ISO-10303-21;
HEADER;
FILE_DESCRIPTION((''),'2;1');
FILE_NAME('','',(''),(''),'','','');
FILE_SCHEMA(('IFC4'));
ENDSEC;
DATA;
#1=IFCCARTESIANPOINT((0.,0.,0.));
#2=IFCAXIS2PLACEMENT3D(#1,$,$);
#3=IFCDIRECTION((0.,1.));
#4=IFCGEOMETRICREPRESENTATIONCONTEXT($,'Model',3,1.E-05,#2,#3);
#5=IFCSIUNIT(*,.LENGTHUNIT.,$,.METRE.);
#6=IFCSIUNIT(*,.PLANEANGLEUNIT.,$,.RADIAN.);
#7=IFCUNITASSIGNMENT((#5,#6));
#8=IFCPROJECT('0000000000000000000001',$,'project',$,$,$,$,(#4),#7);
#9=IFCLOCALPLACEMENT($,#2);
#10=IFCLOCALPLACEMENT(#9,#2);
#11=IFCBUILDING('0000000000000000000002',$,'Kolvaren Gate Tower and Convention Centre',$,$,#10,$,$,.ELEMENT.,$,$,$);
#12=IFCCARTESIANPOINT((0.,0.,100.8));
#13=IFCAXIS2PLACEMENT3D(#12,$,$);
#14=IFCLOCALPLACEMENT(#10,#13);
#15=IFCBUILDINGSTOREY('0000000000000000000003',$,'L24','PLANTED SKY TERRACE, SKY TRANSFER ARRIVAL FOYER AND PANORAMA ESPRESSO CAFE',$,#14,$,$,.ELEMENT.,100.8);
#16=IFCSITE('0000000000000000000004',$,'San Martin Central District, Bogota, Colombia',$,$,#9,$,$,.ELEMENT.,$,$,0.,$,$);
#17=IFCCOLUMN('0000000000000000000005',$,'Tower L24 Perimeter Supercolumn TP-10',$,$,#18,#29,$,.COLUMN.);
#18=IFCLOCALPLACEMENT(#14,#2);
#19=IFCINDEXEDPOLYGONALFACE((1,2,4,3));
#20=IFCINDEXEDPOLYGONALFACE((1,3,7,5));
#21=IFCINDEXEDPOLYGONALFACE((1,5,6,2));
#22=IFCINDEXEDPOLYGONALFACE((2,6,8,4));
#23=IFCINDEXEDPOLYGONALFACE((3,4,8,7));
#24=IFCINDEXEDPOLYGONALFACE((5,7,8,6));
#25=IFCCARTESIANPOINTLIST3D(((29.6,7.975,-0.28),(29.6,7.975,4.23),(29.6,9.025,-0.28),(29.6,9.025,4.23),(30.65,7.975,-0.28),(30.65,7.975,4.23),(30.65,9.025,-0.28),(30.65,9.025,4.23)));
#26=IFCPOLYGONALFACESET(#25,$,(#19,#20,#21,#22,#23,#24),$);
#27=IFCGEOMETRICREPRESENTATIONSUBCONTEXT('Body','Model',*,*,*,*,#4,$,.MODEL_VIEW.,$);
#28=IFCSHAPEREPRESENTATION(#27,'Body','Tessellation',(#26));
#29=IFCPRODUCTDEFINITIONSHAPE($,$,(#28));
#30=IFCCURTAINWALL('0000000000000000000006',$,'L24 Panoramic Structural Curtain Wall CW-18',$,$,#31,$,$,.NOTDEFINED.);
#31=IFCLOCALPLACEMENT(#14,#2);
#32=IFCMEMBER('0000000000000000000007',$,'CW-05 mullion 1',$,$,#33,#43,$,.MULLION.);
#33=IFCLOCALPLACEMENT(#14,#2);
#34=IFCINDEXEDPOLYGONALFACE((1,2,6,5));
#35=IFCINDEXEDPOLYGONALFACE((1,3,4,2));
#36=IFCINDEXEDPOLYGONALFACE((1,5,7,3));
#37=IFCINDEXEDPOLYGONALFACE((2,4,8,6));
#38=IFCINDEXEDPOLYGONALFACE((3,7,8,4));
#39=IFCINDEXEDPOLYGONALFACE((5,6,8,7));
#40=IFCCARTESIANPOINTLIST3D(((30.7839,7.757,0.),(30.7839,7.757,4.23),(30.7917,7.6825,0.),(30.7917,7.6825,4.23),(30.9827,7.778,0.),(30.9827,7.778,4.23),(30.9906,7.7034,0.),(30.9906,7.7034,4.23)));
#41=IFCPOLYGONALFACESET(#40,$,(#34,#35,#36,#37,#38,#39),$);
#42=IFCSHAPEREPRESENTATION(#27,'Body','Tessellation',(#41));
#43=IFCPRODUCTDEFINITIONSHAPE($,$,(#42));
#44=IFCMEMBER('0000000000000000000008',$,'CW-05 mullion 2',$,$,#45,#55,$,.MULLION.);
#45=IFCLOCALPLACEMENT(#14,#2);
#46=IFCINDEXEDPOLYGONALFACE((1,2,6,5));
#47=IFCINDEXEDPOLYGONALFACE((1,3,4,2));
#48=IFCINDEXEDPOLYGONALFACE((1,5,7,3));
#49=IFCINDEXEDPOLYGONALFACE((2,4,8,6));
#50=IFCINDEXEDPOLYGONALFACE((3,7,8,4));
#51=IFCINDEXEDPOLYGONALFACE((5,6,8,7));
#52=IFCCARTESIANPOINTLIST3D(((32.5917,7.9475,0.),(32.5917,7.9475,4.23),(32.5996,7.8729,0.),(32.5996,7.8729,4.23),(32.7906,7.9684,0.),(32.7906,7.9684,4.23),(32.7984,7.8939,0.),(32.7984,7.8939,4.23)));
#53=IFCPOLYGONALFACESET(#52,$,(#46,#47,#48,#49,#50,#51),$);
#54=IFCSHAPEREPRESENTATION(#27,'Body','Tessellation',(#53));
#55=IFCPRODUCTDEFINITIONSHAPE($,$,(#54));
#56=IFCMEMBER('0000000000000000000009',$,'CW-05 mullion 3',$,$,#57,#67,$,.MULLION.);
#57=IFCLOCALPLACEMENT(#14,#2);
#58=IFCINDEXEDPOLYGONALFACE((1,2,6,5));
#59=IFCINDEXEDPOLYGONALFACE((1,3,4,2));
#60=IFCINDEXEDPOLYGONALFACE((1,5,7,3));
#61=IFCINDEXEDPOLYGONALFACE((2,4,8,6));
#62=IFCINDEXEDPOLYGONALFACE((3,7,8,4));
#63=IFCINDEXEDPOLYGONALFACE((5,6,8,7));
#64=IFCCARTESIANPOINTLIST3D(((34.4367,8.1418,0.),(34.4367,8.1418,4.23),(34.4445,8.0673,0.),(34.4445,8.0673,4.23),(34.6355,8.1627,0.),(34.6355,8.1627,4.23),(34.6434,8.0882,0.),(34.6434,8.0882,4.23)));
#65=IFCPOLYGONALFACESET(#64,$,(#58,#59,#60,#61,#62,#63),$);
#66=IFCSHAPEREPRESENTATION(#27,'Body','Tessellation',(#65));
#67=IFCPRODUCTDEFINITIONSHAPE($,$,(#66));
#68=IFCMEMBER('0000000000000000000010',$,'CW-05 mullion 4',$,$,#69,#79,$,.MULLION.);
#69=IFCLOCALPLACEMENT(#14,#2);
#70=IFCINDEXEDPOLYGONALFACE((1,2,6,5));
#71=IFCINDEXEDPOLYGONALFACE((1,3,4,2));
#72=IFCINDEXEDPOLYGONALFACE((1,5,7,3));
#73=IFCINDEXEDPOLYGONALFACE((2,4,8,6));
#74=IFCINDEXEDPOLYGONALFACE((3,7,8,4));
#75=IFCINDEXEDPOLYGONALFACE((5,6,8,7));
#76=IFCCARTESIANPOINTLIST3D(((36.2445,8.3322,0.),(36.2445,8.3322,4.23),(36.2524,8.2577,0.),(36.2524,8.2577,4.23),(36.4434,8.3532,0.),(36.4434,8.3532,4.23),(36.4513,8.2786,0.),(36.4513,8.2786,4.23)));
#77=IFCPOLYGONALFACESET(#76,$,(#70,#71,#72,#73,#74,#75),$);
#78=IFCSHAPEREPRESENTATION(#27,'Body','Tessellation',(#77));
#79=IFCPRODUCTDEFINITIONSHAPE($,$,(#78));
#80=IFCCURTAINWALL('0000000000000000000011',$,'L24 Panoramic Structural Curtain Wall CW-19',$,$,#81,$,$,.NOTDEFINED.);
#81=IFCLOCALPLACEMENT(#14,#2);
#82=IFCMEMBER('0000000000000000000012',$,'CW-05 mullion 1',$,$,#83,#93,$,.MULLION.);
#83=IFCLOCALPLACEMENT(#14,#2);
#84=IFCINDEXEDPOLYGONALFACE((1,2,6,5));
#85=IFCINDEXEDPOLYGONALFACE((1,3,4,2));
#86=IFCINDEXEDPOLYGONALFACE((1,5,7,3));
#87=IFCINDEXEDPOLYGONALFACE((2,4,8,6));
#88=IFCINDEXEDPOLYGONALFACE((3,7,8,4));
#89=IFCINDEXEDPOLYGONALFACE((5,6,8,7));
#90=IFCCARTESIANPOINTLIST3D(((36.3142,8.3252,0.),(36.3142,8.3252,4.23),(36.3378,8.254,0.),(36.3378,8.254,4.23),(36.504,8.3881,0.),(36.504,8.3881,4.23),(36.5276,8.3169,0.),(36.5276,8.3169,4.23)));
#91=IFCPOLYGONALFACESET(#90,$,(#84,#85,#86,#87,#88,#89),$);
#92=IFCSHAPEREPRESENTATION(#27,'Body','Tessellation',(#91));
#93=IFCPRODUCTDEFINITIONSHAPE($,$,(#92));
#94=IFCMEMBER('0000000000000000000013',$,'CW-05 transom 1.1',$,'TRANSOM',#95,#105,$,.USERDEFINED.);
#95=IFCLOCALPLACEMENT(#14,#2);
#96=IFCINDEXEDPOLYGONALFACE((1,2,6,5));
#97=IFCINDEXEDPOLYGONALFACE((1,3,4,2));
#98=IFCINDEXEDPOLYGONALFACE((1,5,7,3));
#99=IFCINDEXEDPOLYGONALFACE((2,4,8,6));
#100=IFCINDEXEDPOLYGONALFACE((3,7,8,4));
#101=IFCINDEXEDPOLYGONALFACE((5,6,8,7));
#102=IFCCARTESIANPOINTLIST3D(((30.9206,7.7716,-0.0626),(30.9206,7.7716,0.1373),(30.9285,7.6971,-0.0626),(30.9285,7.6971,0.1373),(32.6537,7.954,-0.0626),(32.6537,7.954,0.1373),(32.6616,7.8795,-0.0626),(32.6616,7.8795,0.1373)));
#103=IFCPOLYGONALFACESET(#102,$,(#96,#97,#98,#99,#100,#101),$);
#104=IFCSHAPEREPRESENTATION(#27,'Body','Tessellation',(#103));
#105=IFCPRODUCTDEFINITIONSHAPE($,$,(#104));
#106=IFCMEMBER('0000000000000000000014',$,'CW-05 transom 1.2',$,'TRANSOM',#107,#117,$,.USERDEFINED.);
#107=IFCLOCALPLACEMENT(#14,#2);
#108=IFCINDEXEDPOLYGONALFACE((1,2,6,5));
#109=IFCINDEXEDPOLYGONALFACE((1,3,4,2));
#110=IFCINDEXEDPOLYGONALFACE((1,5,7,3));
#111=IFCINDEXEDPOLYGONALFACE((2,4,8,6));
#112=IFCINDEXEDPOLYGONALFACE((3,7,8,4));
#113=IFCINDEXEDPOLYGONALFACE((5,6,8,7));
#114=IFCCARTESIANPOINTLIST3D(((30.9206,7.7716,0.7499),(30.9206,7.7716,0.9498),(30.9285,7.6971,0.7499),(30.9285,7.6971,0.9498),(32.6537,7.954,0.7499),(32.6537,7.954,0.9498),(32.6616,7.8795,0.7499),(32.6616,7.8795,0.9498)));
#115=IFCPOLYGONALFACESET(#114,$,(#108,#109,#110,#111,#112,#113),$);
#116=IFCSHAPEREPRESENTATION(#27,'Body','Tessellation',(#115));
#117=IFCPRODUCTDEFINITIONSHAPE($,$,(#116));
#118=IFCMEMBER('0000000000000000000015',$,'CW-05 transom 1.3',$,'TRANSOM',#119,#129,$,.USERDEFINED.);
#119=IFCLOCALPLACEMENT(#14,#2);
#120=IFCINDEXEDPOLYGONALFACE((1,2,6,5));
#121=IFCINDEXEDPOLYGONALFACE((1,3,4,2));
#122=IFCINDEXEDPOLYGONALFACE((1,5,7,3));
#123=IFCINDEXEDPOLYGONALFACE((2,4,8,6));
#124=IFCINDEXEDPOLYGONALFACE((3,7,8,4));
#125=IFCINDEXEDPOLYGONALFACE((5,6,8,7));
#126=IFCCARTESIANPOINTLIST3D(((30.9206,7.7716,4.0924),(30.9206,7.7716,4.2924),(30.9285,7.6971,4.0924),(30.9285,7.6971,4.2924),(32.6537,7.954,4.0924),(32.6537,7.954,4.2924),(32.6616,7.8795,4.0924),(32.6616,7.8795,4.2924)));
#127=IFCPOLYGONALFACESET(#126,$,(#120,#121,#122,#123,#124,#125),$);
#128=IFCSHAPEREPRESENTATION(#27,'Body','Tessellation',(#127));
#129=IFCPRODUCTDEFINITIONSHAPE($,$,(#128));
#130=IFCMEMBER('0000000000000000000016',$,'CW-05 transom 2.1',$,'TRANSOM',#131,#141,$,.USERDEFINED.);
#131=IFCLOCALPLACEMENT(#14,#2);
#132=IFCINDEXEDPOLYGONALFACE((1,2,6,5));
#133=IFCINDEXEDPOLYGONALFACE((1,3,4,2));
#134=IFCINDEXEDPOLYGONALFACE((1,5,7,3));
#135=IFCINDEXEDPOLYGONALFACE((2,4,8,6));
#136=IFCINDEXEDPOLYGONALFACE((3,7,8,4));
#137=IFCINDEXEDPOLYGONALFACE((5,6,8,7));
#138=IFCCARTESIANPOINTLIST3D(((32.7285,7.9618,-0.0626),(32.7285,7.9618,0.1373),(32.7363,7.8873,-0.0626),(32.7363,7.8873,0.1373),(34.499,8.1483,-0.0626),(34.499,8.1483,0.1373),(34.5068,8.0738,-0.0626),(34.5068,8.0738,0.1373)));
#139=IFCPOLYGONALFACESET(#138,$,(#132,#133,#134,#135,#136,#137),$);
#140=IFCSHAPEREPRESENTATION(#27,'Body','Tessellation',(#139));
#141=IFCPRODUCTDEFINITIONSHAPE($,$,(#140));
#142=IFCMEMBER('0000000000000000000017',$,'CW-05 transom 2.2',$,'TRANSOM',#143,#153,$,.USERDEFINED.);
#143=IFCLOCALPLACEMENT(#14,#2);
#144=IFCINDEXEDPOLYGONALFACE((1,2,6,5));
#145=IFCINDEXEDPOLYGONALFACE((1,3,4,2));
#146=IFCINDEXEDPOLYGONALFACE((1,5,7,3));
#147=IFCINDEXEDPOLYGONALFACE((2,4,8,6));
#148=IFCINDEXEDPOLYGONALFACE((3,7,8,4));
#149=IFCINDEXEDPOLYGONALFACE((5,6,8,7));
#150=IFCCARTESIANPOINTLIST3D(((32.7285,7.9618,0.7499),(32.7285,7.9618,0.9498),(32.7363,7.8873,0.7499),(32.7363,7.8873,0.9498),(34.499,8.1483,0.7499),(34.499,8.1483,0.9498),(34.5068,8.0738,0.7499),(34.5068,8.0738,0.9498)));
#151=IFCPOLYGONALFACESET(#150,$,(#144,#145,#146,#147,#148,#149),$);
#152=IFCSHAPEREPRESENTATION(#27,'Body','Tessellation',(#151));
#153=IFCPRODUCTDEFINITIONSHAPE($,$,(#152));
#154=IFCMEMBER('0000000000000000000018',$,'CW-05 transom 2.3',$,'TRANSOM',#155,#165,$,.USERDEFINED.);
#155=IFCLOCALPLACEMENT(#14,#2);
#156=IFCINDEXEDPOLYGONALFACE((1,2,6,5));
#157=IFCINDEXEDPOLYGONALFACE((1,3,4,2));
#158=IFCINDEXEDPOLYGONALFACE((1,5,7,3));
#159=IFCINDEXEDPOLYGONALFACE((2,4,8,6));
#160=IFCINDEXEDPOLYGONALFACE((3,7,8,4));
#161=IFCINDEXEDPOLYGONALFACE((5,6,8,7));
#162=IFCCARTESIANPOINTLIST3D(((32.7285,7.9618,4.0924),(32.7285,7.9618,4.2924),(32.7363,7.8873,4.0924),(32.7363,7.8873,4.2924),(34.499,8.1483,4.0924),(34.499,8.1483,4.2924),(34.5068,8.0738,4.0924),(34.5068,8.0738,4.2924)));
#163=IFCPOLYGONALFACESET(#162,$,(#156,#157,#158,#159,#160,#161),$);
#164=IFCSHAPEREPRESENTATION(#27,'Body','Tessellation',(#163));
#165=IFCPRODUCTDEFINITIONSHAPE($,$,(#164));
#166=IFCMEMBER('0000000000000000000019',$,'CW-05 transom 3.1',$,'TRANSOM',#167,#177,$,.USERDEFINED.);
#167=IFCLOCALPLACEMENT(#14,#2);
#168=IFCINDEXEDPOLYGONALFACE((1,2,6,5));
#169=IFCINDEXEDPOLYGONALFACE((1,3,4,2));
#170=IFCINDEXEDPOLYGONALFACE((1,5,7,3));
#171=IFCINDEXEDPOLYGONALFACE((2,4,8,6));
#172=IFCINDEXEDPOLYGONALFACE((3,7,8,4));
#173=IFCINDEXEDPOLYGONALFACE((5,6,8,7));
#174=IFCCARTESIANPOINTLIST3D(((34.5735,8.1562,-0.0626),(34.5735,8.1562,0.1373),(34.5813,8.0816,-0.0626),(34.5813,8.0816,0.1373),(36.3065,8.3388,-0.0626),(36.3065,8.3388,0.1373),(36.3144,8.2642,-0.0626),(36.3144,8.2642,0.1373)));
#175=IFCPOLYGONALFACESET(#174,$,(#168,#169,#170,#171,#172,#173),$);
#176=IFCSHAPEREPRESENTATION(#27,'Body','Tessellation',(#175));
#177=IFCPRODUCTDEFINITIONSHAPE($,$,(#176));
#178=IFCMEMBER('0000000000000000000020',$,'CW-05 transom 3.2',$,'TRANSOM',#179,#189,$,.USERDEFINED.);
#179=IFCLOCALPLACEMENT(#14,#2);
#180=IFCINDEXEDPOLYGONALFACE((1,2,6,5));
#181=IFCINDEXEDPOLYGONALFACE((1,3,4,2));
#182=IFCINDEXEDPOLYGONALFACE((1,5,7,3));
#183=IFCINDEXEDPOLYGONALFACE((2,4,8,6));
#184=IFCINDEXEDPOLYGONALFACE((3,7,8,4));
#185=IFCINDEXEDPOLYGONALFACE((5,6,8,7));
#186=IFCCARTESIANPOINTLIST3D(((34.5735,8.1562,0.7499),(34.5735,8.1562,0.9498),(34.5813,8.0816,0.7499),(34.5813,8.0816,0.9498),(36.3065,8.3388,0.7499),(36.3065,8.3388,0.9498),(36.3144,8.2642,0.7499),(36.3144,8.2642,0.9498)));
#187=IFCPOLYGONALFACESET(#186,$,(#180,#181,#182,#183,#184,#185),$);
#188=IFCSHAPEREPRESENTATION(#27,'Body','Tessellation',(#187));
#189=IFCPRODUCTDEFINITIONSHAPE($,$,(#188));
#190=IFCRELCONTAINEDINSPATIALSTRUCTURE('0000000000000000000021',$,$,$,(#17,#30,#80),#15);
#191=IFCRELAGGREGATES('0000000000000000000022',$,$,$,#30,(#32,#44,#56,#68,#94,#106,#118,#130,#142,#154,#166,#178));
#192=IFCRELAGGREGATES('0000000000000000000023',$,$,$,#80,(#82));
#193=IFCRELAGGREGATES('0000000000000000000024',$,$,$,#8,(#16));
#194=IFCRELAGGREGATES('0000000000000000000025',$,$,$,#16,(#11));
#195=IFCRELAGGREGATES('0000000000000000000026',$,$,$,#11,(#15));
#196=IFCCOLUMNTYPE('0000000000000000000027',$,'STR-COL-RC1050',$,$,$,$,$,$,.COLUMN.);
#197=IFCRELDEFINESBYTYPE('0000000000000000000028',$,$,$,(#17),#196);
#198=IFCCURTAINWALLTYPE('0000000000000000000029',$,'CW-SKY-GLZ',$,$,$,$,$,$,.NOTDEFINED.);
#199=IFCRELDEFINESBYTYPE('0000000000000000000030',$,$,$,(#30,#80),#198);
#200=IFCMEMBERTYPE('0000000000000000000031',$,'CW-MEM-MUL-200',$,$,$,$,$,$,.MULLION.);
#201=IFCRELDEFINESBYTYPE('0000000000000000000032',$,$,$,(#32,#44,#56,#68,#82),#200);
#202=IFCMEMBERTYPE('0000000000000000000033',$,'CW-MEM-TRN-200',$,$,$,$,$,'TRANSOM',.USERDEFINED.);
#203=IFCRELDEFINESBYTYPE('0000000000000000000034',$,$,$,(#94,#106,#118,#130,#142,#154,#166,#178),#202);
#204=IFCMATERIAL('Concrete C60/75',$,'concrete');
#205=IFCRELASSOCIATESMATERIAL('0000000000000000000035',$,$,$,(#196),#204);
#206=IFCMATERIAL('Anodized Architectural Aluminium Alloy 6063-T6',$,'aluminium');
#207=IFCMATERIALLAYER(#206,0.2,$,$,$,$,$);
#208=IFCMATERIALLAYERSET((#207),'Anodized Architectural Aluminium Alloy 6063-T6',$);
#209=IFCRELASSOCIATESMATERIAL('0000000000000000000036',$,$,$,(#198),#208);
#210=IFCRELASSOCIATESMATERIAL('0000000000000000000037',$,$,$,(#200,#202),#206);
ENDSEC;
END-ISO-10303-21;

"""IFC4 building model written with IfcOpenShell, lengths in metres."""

from ifc_helpers import new_model, si_unit, direction, frame, origin, origin_2d, place, context, subcontext, project, spatial, rectangle, extrude, material, layer, layer_set, material_profile, profile_set, type_object, element, aggregate, save


model = new_model("IFC4")

# Units and contexts
model_context = context("Model", 3, precision=1e-05, world=origin(), true_north=direction((0.0, 1.0)))
body_context = subcontext(model_context, "Body", "Model", "MODEL_VIEW")
ifc_project = project(units=[si_unit("LENGTHUNIT", "METRE"), si_unit("PLANEANGLEUNIT", "RADIAN")], contexts=[model_context])

# Site, building, storey
site_placement = place(None, origin())
site = spatial("IfcSite", under=ifc_project, at=site_placement, Name="San Martin Central District, Bogota, Colombia", CompositionType="ELEMENT", RefElevation=0.0)
building_placement = place(site_placement, origin())
building = spatial("IfcBuilding", under=site, at=building_placement, Name="Kolvaren Gate Tower and Convention Centre", CompositionType="ELEMENT")
storey_placement = place(building_placement, frame((0.0, 0.0, 100.8)))
storey = spatial("IfcBuildingStorey", under=building, at=storey_placement, Name="L24", Description="PLANTED SKY TERRACE, SKY TRANSFER ARRIVAL FOYER AND PANORAMA ESPRESSO CAFE", CompositionType="ELEMENT", Elevation=100.8)

# Column
ifc_material_1 = material(Name="Concrete C60/75", Category="concrete")
ifc_material_profile_1 = material_profile(ifc_material_1, rectangle(XDim=1.05, YDim=1.05, at=origin_2d()), Name="RC-COL-1050X1050")
ifc_profile_set_1 = profile_set([ifc_material_profile_1], Name="Concrete C60/75")
column_type = type_object("IfcColumnType", Name="STR-COL-RC1050", PredefinedType="COLUMN", material=ifc_profile_set_1)
column_placement = place(storey_placement, frame((30.125, 8.5, -0.28), z_axis=(0.0, 0.0, 1.0), x_axis=(1.0, 0.0, 0.0)))
element("IfcColumn", 1, at=column_placement, inside=storey, type_object=column_type, Name="Tower L24 Perimeter Supercolumn TP-10", PredefinedType="COLUMN", context=body_context, shape_type="SweptSolid", body=[
    extrude(rectangle(XDim=1.05, YDim=1.05, at=origin_2d()), origin(), (0.0, 0.0, 1.0), 4.51),
])

# Curtain wall, members
ifc_material_2 = material(Name="Anodized Architectural Aluminium Alloy 6063-T6", Category="aluminium")
ifc_layer_1 = layer(ifc_material_2, 0.2)
ifc_layer_set_1 = layer_set([ifc_layer_1], Name="Anodized Architectural Aluminium Alloy 6063-T6")
curtain_wall_type = type_object("IfcCurtainWallType", Name="CW-SKY-GLZ", PredefinedType="NOTDEFINED", material=ifc_layer_set_1)
curtain_wall_1_placement = place(storey_placement, origin())
curtain_wall_1 = element("IfcCurtainWall", 2, at=curtain_wall_1_placement, inside=storey, type_object=curtain_wall_type, Name="L24 Panoramic Structural Curtain Wall CW-18", PredefinedType="NOTDEFINED")
ifc_material_profile_2 = material_profile(ifc_material_2, rectangle(XDim=0.075, YDim=0.2, at=origin_2d()), Name="CW-MEM-MUL-200")
ifc_profile_set_2 = profile_set([ifc_material_profile_2], Name="Anodized Architectural Aluminium Alloy 6063-T6")
member_type_1 = type_object("IfcMemberType", Name="CW-MEM-MUL-200", PredefinedType="MULLION", material=ifc_profile_set_2)
member_1_placement = place(storey_placement, frame((30.8872, 7.7302, 0.0), z_axis=(0.0, 0.0, 1.0), x_axis=(-0.104729, 0.994501, 0.0)))
member_1 = element("IfcMember", 3, at=member_1_placement, type_object=member_type_1, Name="CW-05 mullion 1", PredefinedType="MULLION", context=body_context, shape_type="SweptSolid", body=[
    extrude(rectangle(XDim=0.075, YDim=0.2, at=origin_2d()), origin(), (0.0, 0.0, 1.0), 4.23),
])
member_2_placement = place(storey_placement, frame((32.6951, 7.9207, 0.0), z_axis=(0.0, 0.0, 1.0), x_axis=(-0.104729, 0.994501, 0.0)))
member_2 = element("IfcMember", 4, at=member_2_placement, type_object=member_type_1, Name="CW-05 mullion 2", PredefinedType="MULLION", context=body_context, shape_type="SweptSolid", body=[
    extrude(rectangle(XDim=0.075, YDim=0.2, at=origin_2d()), origin(), (0.0, 0.0, 1.0), 4.23),
])
member_3_placement = place(storey_placement, frame((34.54, 8.115, 0.0), z_axis=(0.0, 0.0, 1.0), x_axis=(-0.104729, 0.994501, 0.0)))
member_3 = element("IfcMember", 5, at=member_3_placement, type_object=member_type_1, Name="CW-05 mullion 3", PredefinedType="MULLION", context=body_context, shape_type="SweptSolid", body=[
    extrude(rectangle(XDim=0.075, YDim=0.2, at=origin_2d()), origin(), (0.0, 0.0, 1.0), 4.23),
])
member_4_placement = place(storey_placement, frame((36.3479, 8.3054, 0.0), z_axis=(0.0, 0.0, 1.0), x_axis=(-0.104729, 0.994501, 0.0)))
member_4 = element("IfcMember", 6, at=member_4_placement, type_object=member_type_1, Name="CW-05 mullion 4", PredefinedType="MULLION", context=body_context, shape_type="SweptSolid", body=[
    extrude(rectangle(XDim=0.075, YDim=0.2, at=origin_2d()), origin(), (0.0, 0.0, 1.0), 4.23),
])

# Curtain wall, member
curtain_wall_2_placement = place(storey_placement, origin())
curtain_wall_2 = element("IfcCurtainWall", 7, at=curtain_wall_2_placement, inside=storey, type_object=curtain_wall_type, Name="L24 Panoramic Structural Curtain Wall CW-19", PredefinedType="NOTDEFINED")
member_5_placement = place(storey_placement, frame((36.4209, 8.321, 0.0), z_axis=(0.0, 0.0, 1.0), x_axis=(-0.314553, 0.94924, 0.0)))
member_5 = element("IfcMember", 8, at=member_5_placement, type_object=member_type_1, Name="CW-05 mullion 1", PredefinedType="MULLION", context=body_context, shape_type="SweptSolid", body=[
    extrude(rectangle(XDim=0.075, YDim=0.2, at=origin_2d()), origin(), (0.0, 0.0, 1.0), 4.23),
])

# Members
ifc_material_profile_3 = material_profile(ifc_material_2, rectangle(XDim=0.075, YDim=0.2, at=origin_2d()), Name="CW-MEM-TRN-200")
ifc_profile_set_3 = profile_set([ifc_material_profile_3], Name="Anodized Architectural Aluminium Alloy 6063-T6")
member_type_2 = type_object("IfcMemberType", Name="CW-MEM-TRN-200", ElementType="TRANSOM", PredefinedType="USERDEFINED", material=ifc_profile_set_3)
member_6_placement = place(storey_placement, frame((30.9246, 7.7344, 0.0374), z_axis=(0.994509, 0.104648, 0.0), x_axis=(-0.104648, 0.994509, 0.0)))
member_6 = element("IfcMember", 9, at=member_6_placement, type_object=member_type_2, Name="CW-05 transom 1.1", ObjectType="TRANSOM", PredefinedType="USERDEFINED", context=body_context, shape_type="SweptSolid", body=[
    extrude(rectangle(XDim=0.075, YDim=0.2, at=origin_2d()), origin(), (0.0, 0.0, 1.0), 1.7427),
])
member_7_placement = place(storey_placement, frame((30.9246, 7.7344, 0.8499), z_axis=(0.994509, 0.104648, 0.0), x_axis=(-0.104648, 0.994509, 0.0)))
member_7 = element("IfcMember", 10, at=member_7_placement, type_object=member_type_2, Name="CW-05 transom 1.2", ObjectType="TRANSOM", PredefinedType="USERDEFINED", context=body_context, shape_type="SweptSolid", body=[
    extrude(rectangle(XDim=0.075, YDim=0.2, at=origin_2d()), origin(), (0.0, 0.0, 1.0), 1.7427),
])
member_8_placement = place(storey_placement, frame((30.9246, 7.7344, 4.1924), z_axis=(0.994509, 0.104648, 0.0), x_axis=(-0.104648, 0.994509, 0.0)))
member_8 = element("IfcMember", 11, at=member_8_placement, type_object=member_type_2, Name="CW-05 transom 1.3", ObjectType="TRANSOM", PredefinedType="USERDEFINED", context=body_context, shape_type="SweptSolid", body=[
    extrude(rectangle(XDim=0.075, YDim=0.2, at=origin_2d()), origin(), (0.0, 0.0, 1.0), 1.7427),
])
member_9_placement = place(storey_placement, frame((32.7324, 7.9246, 0.0374), z_axis=(0.994496, 0.10477, 0.0), x_axis=(-0.10477, 0.994496, 0.0)))
member_9 = element("IfcMember", 12, at=member_9_placement, type_object=member_type_2, Name="CW-05 transom 2.1", ObjectType="TRANSOM", PredefinedType="USERDEFINED", context=body_context, shape_type="SweptSolid", body=[
    extrude(rectangle(XDim=0.075, YDim=0.2, at=origin_2d()), origin(), (0.0, 0.0, 1.0), 1.7803),
])
member_10_placement = place(storey_placement, frame((32.7324, 7.9246, 0.8499), z_axis=(0.994496, 0.10477, 0.0), x_axis=(-0.10477, 0.994496, 0.0)))
member_10 = element("IfcMember", 13, at=member_10_placement, type_object=member_type_2, Name="CW-05 transom 2.2", ObjectType="TRANSOM", PredefinedType="USERDEFINED", context=body_context, shape_type="SweptSolid", body=[
    extrude(rectangle(XDim=0.075, YDim=0.2, at=origin_2d()), origin(), (0.0, 0.0, 1.0), 1.7803),
])
member_11_placement = place(storey_placement, frame((32.7324, 7.9246, 4.1924), z_axis=(0.994496, 0.10477, 0.0), x_axis=(-0.10477, 0.994496, 0.0)))
member_11 = element("IfcMember", 14, at=member_11_placement, type_object=member_type_2, Name="CW-05 transom 2.3", ObjectType="TRANSOM", PredefinedType="USERDEFINED", context=body_context, shape_type="SweptSolid", body=[
    extrude(rectangle(XDim=0.075, YDim=0.2, at=origin_2d()), origin(), (0.0, 0.0, 1.0), 1.7803),
])
member_12_placement = place(storey_placement, frame((34.5774, 8.1189, 0.0374), z_axis=(0.994495, 0.104787, 0.0), x_axis=(-0.104787, 0.994495, 0.0)))
member_12 = element("IfcMember", 15, at=member_12_placement, type_object=member_type_2, Name="CW-05 transom 3.1", ObjectType="TRANSOM", PredefinedType="USERDEFINED", context=body_context, shape_type="SweptSolid", body=[
    extrude(rectangle(XDim=0.075, YDim=0.2, at=origin_2d()), origin(), (0.0, 0.0, 1.0), 1.7427),
])
member_13_placement = place(storey_placement, frame((34.5774, 8.1189, 0.8499), z_axis=(0.994495, 0.104787, 0.0), x_axis=(-0.104787, 0.994495, 0.0)))
member_13 = element("IfcMember", 16, at=member_13_placement, type_object=member_type_2, Name="CW-05 transom 3.2", ObjectType="TRANSOM", PredefinedType="USERDEFINED", context=body_context, shape_type="SweptSolid", body=[
    extrude(rectangle(XDim=0.075, YDim=0.2, at=origin_2d()), origin(), (0.0, 0.0, 1.0), 1.7427),
])

aggregate(curtain_wall_1, [member_1, member_2, member_3, member_4, member_6, member_7, member_8, member_9, member_10, member_11, member_12, member_13])
aggregate(curtain_wall_2, [member_5])

save(model, "model.ifc")
